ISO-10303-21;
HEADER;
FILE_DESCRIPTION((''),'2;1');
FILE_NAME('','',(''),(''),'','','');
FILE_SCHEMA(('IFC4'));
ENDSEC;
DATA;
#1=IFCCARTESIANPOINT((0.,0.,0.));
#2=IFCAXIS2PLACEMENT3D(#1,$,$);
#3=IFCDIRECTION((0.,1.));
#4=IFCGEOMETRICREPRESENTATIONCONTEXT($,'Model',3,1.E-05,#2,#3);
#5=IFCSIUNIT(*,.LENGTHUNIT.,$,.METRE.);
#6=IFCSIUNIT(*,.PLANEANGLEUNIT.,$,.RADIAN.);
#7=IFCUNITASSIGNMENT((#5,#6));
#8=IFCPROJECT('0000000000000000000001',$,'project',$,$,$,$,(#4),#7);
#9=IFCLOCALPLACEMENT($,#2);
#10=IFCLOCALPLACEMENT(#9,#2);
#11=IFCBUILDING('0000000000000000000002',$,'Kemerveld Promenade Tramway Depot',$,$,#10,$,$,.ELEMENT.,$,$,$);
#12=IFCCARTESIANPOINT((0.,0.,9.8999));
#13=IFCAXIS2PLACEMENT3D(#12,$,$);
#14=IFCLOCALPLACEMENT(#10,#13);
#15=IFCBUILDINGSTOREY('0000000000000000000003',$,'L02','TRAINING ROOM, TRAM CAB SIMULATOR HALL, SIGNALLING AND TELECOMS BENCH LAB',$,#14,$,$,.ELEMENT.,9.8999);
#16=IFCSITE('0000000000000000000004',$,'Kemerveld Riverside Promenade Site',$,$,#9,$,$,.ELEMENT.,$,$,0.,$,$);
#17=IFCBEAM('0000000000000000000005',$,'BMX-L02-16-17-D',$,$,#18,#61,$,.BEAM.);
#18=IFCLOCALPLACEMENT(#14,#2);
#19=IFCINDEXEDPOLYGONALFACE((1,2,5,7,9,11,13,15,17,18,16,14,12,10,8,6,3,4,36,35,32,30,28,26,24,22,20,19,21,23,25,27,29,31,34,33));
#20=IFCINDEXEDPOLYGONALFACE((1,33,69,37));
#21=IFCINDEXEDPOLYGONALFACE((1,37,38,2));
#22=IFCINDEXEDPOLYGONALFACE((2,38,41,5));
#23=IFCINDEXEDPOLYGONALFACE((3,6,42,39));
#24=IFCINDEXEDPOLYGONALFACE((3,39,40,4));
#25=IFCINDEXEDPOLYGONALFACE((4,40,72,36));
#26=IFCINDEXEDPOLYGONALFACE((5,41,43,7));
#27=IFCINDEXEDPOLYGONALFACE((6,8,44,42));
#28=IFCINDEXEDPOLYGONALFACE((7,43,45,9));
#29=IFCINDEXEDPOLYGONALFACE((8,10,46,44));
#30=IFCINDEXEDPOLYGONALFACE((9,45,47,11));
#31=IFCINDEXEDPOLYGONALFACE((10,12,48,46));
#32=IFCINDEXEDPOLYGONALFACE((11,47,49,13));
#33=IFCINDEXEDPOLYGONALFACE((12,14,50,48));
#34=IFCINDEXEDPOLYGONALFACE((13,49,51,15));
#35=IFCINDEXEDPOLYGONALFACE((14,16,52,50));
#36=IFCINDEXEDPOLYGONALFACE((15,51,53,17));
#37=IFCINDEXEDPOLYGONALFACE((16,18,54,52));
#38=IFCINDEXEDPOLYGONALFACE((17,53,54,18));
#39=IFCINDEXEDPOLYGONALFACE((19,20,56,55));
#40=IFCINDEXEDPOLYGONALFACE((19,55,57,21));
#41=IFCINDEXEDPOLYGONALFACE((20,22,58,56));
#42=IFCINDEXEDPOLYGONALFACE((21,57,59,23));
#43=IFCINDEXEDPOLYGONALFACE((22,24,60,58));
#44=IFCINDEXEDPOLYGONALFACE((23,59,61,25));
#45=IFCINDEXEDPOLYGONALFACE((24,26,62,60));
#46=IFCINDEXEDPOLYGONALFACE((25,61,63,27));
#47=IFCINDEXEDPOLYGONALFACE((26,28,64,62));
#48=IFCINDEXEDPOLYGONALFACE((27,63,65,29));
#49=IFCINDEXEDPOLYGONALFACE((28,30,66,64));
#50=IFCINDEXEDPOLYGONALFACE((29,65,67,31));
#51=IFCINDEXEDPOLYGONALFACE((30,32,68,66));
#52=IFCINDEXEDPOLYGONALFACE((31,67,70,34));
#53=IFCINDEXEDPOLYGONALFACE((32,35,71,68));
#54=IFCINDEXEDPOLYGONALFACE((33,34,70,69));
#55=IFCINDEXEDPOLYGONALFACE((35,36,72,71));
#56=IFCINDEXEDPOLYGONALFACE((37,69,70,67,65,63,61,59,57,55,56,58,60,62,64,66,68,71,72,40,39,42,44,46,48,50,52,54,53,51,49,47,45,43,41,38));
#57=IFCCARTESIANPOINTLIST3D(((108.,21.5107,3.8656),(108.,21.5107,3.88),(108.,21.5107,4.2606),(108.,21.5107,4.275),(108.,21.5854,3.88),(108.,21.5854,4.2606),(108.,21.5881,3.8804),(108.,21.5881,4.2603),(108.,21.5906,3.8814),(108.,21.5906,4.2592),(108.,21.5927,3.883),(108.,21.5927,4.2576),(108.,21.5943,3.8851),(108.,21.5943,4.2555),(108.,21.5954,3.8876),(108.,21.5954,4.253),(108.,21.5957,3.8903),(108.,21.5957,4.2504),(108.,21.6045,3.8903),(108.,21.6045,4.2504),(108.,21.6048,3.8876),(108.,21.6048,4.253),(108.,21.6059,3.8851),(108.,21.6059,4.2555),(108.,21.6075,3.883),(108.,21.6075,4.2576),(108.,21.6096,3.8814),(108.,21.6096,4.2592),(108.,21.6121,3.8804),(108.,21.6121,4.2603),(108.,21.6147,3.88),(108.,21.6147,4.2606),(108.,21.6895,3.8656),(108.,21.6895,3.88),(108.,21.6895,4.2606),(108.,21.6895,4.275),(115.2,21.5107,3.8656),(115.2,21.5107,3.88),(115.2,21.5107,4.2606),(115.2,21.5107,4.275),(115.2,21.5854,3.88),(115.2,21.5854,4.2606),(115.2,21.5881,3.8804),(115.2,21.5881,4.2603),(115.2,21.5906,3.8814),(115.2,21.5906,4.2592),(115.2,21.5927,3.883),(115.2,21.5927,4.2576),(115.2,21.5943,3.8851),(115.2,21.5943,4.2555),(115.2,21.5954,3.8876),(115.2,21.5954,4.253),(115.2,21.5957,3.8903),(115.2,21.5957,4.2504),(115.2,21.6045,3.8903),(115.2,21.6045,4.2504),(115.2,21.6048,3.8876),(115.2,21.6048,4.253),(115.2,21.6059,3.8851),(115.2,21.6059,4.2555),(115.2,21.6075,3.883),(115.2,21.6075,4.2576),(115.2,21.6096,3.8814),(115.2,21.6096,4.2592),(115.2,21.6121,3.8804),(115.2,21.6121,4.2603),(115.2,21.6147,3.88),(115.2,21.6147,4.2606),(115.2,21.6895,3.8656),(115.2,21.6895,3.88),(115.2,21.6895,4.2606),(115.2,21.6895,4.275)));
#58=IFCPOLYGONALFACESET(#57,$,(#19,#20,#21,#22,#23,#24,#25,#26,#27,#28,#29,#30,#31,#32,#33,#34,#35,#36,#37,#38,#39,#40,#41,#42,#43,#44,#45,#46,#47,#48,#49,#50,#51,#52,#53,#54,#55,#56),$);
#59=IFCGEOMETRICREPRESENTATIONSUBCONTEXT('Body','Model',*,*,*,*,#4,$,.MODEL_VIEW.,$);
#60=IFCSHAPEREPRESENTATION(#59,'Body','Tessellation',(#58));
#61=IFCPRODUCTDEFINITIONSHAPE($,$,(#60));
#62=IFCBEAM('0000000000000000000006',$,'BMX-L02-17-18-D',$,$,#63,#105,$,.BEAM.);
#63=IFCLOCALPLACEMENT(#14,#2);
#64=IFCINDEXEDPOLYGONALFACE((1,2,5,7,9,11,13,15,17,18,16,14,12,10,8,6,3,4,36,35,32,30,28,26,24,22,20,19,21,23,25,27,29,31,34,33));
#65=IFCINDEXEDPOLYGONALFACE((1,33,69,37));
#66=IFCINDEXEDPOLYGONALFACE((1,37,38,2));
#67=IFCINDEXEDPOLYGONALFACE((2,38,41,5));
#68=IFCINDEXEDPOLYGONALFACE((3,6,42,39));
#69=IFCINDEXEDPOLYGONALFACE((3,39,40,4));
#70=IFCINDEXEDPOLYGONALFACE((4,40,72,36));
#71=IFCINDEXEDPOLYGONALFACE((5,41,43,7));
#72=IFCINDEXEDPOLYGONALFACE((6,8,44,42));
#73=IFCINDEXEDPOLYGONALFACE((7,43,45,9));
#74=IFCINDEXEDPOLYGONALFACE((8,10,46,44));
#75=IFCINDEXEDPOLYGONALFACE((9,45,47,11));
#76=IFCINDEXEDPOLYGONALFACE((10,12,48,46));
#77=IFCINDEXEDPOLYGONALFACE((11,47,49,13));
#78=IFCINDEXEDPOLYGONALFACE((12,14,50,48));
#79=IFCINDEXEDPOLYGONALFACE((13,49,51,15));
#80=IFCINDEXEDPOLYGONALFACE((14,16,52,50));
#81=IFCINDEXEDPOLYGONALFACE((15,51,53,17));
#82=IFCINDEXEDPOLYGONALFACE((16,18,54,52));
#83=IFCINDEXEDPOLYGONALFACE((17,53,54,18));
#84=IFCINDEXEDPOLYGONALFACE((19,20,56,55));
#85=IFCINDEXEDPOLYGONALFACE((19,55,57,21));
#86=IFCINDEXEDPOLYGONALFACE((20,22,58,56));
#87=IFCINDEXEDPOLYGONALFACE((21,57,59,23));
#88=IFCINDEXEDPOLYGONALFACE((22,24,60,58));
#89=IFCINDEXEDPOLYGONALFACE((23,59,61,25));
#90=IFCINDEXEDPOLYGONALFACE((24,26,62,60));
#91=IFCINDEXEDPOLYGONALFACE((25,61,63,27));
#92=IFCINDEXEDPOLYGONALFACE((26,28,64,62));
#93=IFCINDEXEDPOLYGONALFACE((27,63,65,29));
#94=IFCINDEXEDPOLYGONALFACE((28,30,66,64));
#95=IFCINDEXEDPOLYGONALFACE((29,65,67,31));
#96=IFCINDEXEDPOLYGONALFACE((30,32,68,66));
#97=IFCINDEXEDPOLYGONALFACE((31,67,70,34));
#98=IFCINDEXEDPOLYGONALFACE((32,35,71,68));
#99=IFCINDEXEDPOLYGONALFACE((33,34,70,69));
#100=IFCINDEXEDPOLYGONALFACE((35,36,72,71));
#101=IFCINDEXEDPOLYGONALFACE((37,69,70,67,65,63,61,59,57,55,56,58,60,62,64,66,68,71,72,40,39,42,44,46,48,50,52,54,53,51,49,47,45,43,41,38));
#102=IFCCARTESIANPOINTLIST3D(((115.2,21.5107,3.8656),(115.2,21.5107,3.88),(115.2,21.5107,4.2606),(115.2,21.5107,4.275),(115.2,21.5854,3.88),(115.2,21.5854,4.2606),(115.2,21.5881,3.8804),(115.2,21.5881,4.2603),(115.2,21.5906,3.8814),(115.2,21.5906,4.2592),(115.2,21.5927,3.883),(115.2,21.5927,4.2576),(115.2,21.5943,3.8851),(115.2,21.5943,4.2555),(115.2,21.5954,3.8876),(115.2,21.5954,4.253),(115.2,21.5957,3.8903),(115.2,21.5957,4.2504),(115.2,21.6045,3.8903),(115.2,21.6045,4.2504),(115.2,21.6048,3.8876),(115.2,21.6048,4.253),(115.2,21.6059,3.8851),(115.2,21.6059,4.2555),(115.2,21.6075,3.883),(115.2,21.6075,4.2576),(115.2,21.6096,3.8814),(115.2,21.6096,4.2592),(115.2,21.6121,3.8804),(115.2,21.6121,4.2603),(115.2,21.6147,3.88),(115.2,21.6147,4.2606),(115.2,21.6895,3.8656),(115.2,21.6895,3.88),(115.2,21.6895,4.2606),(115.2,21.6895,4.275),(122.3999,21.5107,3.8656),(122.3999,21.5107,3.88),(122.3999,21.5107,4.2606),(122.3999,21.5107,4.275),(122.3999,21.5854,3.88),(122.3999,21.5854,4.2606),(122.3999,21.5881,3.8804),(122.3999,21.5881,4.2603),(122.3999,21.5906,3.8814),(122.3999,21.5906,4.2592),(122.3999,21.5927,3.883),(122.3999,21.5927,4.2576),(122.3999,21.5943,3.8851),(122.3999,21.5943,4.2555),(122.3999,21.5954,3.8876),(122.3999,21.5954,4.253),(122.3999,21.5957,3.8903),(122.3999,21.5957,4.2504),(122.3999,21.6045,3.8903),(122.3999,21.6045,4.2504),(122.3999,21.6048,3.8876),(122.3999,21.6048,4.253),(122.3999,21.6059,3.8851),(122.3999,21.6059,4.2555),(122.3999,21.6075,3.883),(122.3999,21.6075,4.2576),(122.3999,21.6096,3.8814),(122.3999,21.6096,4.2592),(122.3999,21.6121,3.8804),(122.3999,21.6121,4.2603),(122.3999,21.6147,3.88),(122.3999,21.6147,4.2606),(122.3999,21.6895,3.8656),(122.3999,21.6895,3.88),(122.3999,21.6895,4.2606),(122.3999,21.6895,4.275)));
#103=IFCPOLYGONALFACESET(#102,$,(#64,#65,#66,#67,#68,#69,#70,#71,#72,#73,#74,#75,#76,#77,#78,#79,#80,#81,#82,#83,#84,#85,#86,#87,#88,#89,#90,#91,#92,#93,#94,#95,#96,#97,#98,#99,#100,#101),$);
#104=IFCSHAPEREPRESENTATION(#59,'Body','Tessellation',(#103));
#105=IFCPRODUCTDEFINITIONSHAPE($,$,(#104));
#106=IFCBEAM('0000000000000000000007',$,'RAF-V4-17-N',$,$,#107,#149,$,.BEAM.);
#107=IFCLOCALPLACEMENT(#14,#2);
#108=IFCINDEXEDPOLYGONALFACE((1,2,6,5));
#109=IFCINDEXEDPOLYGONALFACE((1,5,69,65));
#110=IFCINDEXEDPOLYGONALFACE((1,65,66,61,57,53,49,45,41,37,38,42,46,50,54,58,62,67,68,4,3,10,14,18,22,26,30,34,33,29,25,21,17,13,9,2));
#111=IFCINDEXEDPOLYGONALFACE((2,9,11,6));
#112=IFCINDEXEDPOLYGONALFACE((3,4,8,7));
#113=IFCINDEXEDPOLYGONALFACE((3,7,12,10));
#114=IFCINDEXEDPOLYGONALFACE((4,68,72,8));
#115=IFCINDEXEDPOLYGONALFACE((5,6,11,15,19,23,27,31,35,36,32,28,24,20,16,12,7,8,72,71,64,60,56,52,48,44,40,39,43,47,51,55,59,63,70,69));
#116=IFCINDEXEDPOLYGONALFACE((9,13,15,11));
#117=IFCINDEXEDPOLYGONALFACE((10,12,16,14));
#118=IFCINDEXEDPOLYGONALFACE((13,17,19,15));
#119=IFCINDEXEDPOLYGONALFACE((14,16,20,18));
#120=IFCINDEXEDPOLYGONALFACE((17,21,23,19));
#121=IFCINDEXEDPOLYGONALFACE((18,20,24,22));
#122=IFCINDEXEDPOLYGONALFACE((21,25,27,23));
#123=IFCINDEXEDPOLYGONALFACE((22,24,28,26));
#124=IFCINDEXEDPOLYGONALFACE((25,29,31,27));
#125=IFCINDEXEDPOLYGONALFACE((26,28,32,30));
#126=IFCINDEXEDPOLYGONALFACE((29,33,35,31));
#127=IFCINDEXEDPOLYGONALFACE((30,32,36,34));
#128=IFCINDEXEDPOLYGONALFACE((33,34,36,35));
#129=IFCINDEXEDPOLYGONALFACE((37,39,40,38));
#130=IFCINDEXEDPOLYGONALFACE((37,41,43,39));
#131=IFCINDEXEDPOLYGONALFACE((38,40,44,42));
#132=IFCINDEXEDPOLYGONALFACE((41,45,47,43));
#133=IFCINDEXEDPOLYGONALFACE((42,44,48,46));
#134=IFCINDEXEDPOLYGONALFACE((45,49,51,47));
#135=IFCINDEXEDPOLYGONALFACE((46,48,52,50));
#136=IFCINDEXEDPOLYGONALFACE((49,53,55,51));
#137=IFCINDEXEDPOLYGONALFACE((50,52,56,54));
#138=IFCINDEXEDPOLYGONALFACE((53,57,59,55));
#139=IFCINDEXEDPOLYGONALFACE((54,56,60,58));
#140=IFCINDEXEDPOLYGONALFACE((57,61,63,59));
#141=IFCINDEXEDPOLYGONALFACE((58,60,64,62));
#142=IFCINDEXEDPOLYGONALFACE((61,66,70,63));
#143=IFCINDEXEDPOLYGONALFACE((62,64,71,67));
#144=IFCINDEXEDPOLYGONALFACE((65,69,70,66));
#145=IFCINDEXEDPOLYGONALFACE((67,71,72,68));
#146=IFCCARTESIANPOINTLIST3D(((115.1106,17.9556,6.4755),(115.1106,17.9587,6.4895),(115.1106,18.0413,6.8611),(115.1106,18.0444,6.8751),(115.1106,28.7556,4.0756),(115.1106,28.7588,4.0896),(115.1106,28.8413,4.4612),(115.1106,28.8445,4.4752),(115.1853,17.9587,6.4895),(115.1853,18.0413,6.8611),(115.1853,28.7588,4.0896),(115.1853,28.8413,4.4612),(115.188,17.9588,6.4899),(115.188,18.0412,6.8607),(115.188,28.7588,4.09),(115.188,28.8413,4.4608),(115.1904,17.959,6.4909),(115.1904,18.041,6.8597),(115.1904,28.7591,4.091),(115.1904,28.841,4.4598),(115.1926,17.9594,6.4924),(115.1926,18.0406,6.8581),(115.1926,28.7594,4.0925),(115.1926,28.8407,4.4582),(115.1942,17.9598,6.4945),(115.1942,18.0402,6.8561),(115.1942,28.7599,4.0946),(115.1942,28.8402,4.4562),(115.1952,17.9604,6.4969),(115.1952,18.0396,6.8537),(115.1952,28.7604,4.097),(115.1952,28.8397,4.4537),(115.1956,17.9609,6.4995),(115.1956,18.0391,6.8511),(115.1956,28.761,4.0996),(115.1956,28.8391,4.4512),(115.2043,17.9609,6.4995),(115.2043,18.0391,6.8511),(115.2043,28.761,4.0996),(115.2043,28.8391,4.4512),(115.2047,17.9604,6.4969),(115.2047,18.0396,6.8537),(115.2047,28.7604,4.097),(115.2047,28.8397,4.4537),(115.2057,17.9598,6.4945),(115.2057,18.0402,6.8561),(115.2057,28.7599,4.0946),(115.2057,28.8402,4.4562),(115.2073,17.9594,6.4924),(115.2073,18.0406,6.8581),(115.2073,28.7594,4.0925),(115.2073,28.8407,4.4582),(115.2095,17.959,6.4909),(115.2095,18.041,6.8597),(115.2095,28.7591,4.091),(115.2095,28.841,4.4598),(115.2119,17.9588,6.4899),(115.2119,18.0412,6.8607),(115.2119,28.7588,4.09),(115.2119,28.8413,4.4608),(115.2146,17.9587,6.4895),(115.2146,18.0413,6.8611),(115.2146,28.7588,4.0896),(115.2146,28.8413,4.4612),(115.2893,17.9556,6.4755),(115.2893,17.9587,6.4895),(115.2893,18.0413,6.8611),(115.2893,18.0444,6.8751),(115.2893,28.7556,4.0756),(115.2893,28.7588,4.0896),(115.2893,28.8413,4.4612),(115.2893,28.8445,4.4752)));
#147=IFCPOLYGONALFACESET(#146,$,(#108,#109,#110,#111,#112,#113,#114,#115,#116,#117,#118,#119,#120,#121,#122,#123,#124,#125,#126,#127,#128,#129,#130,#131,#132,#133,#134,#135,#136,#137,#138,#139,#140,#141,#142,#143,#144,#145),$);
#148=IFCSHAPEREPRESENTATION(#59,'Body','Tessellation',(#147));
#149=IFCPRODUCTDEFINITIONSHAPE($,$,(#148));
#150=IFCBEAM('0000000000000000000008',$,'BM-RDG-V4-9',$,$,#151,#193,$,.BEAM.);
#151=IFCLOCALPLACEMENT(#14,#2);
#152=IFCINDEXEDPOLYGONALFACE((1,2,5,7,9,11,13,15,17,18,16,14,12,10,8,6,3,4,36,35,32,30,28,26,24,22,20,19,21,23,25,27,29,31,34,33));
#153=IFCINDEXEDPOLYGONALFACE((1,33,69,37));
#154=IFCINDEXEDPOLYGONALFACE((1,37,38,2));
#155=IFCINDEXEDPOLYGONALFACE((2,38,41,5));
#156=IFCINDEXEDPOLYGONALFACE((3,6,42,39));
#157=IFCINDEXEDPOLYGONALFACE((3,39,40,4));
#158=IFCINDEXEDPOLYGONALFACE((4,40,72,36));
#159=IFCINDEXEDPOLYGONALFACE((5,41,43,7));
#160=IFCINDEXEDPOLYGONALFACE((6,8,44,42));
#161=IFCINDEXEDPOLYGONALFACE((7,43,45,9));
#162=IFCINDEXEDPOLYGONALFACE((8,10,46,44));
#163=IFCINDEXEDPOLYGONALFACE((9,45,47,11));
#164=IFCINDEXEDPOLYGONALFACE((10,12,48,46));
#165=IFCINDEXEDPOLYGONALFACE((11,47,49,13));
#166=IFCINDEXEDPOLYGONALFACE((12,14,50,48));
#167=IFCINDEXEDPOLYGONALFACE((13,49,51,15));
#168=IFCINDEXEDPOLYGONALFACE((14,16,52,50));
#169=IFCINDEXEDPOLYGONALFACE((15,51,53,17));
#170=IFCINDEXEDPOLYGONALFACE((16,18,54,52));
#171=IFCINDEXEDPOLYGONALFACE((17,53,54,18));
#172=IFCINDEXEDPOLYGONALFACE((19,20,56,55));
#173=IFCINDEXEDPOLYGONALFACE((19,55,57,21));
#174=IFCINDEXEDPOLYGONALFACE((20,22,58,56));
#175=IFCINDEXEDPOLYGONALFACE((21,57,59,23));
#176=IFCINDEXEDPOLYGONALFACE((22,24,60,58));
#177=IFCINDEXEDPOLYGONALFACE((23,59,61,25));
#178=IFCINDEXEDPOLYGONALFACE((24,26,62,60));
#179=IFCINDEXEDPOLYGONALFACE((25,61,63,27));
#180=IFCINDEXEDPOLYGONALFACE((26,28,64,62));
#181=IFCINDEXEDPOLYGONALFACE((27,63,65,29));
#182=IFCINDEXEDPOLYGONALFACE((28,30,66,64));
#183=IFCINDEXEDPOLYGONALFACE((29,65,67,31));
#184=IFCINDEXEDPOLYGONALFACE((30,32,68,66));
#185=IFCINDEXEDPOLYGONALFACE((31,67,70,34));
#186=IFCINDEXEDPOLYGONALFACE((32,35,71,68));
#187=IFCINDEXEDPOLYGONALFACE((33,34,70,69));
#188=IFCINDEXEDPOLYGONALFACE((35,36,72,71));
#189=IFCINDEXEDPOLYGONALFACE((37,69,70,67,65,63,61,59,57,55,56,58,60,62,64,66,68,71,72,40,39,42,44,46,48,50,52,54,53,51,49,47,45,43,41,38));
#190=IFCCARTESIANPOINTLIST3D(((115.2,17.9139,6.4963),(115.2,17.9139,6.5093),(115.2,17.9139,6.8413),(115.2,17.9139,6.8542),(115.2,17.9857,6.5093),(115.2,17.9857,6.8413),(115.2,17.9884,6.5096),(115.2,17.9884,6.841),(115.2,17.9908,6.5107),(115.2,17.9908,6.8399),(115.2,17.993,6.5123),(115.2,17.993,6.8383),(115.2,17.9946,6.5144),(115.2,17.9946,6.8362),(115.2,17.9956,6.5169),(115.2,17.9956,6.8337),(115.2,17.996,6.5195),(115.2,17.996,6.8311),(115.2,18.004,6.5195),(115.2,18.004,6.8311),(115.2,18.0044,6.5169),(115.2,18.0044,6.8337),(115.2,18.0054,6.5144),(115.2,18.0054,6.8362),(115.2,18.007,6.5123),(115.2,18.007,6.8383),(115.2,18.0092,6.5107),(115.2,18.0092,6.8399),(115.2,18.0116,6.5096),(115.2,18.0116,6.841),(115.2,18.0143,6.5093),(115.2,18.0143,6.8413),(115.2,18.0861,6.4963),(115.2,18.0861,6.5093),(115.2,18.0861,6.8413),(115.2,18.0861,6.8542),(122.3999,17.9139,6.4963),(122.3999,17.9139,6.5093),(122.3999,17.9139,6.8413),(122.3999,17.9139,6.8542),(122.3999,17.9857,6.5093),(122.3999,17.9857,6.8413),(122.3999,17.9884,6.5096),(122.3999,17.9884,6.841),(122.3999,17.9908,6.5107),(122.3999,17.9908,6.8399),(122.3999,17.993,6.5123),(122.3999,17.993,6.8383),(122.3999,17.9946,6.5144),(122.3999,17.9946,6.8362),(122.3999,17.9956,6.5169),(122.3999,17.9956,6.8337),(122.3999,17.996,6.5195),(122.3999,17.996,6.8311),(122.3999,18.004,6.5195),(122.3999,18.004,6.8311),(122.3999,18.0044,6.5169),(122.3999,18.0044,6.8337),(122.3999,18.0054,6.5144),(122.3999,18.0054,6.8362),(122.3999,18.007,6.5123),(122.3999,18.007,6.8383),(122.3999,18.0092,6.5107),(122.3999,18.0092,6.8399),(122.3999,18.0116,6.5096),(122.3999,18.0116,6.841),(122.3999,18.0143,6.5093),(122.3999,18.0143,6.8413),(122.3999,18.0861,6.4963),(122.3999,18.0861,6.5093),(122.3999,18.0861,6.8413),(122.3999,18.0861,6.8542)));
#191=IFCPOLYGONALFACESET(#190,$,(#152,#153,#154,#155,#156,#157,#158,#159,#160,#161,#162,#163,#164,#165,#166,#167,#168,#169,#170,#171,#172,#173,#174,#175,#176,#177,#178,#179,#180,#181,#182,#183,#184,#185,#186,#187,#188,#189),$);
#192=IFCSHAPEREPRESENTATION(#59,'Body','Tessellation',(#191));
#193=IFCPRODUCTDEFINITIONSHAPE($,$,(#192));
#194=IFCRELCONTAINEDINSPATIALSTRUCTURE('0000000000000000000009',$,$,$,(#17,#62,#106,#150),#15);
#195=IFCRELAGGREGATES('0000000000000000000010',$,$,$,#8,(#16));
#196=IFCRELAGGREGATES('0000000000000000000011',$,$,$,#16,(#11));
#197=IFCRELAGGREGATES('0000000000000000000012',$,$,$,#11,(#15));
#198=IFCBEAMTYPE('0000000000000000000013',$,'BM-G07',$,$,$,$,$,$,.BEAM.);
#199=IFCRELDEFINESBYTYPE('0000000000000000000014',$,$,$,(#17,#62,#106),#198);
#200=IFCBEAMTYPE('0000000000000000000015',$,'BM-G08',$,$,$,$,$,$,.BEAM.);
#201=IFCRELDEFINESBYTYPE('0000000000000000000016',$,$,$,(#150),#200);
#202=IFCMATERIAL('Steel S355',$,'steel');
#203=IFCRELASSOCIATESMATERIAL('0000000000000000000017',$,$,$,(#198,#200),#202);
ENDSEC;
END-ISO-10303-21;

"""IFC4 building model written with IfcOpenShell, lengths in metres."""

from ifc_helpers import new_model, si_unit, direction, frame, origin, origin_2d, place, context, subcontext, project, spatial, i_section, extrude, material, material_profile, profile_set, type_object, element, save


model = new_model("IFC4")

# Units and contexts
model_context = context("Model", 3, precision=1e-05, world=origin(), true_north=direction((0.0, 1.0)))
body_context = subcontext(model_context, "Body", "Model", "MODEL_VIEW")
ifc_project = project(units=[si_unit("LENGTHUNIT", "METRE"), si_unit("PLANEANGLEUNIT", "RADIAN")], contexts=[model_context])

# Site, building, storey
site_placement = place(None, origin())
site = spatial("IfcSite", under=ifc_project, at=site_placement, Name="Kemerveld Riverside Promenade Site", CompositionType="ELEMENT", RefElevation=0.0)
building_placement = place(site_placement, origin())
building = spatial("IfcBuilding", under=site, at=building_placement, Name="Kemerveld Promenade Tramway Depot", CompositionType="ELEMENT")
storey_placement = place(building_placement, frame((0.0, 0.0, 9.8999)))
storey = spatial("IfcBuildingStorey", under=building, at=storey_placement, Name="L02", Description="TRAINING ROOM, TRAM CAB SIMULATOR HALL, SIGNALLING AND TELECOMS BENCH LAB", CompositionType="ELEMENT", Elevation=9.8999)

# Shared definitions
ifc_material_1 = material(Name="Steel S355", Category="steel")

# Beams
ifc_material_profile_1 = material_profile(ifc_material_1, i_section(OverallWidth=0.1787, OverallDepth=0.4094, WebThickness=0.0088, FlangeThickness=0.0144, FilletRadius=0.0103, at=origin_2d()), Name="406x178x67 UB")
ifc_profile_set_1 = profile_set([ifc_material_profile_1], Name="Steel S355")
beam_type_1 = type_object("IfcBeamType", Name="BM-G07", PredefinedType="BEAM", material=ifc_profile_set_1)
for number, where, z_axis, x_axis, name in (
    (1, (108.0, 21.6001, 4.0703), (1.0, 0.0, 0.0), (0.0, 1.0, 0.0), "BMX-L02-16-17-D"),
    (2, (115.2, 21.6001, 4.0703), (1.0, 0.0, 0.0), (0.0, 1.0, 0.0), "BMX-L02-17-18-D"),
):
    element("IfcBeam", number, at=place(storey_placement, frame(where, z_axis=z_axis, x_axis=x_axis)), inside=storey, type_object=beam_type_1, Name=name, PredefinedType="BEAM", context=body_context, shape_type="SweptSolid", body=[
        extrude(i_section(OverallWidth=0.1787, OverallDepth=0.4094, WebThickness=0.0088, FlangeThickness=0.0144, FilletRadius=0.0103, at=origin_2d()), origin(), (0.0, 0.0, 1.0), 7.2),
    ])
beam_1_placement = place(storey_placement, frame((115.2, 18.0, 6.6753), z_axis=(0.0, 0.976189, -0.216921), x_axis=(-1.0, 0.0, 0.0)))
element("IfcBeam", 3, at=beam_1_placement, inside=storey, type_object=beam_type_1, Name="RAF-V4-17-N", PredefinedType="BEAM", context=body_context, shape_type="SweptSolid", body=[
    extrude(i_section(OverallWidth=0.1787, OverallDepth=0.4094, WebThickness=0.0088, FlangeThickness=0.0144, FilletRadius=0.0103, at=origin_2d()), origin(), (0.0, 0.0, 1.0), 11.0635),
])
ifc_material_profile_2 = material_profile(ifc_material_1, i_section(OverallWidth=0.1721, OverallDepth=0.3579, WebThickness=0.0081, FlangeThickness=0.0129, FilletRadius=0.0103, at=origin_2d()), Name="356x171x57 UB")
ifc_profile_set_2 = profile_set([ifc_material_profile_2], Name="Steel S355")
beam_type_2 = type_object("IfcBeamType", Name="BM-G08", PredefinedType="BEAM", material=ifc_profile_set_2)
beam_2_placement = place(storey_placement, frame((115.2, 18.0, 6.6753), z_axis=(1.0, 0.0, 0.0), x_axis=(0.0, 1.0, 0.0)))
element("IfcBeam", 4, at=beam_2_placement, inside=storey, type_object=beam_type_2, Name="BM-RDG-V4-9", PredefinedType="BEAM", context=body_context, shape_type="SweptSolid", body=[
    extrude(i_section(OverallWidth=0.1721, OverallDepth=0.3579, WebThickness=0.0081, FlangeThickness=0.0129, FilletRadius=0.0103, at=origin_2d()), origin(), (0.0, 0.0, 1.0), 7.2),
])

save(model, "model.ifc")
